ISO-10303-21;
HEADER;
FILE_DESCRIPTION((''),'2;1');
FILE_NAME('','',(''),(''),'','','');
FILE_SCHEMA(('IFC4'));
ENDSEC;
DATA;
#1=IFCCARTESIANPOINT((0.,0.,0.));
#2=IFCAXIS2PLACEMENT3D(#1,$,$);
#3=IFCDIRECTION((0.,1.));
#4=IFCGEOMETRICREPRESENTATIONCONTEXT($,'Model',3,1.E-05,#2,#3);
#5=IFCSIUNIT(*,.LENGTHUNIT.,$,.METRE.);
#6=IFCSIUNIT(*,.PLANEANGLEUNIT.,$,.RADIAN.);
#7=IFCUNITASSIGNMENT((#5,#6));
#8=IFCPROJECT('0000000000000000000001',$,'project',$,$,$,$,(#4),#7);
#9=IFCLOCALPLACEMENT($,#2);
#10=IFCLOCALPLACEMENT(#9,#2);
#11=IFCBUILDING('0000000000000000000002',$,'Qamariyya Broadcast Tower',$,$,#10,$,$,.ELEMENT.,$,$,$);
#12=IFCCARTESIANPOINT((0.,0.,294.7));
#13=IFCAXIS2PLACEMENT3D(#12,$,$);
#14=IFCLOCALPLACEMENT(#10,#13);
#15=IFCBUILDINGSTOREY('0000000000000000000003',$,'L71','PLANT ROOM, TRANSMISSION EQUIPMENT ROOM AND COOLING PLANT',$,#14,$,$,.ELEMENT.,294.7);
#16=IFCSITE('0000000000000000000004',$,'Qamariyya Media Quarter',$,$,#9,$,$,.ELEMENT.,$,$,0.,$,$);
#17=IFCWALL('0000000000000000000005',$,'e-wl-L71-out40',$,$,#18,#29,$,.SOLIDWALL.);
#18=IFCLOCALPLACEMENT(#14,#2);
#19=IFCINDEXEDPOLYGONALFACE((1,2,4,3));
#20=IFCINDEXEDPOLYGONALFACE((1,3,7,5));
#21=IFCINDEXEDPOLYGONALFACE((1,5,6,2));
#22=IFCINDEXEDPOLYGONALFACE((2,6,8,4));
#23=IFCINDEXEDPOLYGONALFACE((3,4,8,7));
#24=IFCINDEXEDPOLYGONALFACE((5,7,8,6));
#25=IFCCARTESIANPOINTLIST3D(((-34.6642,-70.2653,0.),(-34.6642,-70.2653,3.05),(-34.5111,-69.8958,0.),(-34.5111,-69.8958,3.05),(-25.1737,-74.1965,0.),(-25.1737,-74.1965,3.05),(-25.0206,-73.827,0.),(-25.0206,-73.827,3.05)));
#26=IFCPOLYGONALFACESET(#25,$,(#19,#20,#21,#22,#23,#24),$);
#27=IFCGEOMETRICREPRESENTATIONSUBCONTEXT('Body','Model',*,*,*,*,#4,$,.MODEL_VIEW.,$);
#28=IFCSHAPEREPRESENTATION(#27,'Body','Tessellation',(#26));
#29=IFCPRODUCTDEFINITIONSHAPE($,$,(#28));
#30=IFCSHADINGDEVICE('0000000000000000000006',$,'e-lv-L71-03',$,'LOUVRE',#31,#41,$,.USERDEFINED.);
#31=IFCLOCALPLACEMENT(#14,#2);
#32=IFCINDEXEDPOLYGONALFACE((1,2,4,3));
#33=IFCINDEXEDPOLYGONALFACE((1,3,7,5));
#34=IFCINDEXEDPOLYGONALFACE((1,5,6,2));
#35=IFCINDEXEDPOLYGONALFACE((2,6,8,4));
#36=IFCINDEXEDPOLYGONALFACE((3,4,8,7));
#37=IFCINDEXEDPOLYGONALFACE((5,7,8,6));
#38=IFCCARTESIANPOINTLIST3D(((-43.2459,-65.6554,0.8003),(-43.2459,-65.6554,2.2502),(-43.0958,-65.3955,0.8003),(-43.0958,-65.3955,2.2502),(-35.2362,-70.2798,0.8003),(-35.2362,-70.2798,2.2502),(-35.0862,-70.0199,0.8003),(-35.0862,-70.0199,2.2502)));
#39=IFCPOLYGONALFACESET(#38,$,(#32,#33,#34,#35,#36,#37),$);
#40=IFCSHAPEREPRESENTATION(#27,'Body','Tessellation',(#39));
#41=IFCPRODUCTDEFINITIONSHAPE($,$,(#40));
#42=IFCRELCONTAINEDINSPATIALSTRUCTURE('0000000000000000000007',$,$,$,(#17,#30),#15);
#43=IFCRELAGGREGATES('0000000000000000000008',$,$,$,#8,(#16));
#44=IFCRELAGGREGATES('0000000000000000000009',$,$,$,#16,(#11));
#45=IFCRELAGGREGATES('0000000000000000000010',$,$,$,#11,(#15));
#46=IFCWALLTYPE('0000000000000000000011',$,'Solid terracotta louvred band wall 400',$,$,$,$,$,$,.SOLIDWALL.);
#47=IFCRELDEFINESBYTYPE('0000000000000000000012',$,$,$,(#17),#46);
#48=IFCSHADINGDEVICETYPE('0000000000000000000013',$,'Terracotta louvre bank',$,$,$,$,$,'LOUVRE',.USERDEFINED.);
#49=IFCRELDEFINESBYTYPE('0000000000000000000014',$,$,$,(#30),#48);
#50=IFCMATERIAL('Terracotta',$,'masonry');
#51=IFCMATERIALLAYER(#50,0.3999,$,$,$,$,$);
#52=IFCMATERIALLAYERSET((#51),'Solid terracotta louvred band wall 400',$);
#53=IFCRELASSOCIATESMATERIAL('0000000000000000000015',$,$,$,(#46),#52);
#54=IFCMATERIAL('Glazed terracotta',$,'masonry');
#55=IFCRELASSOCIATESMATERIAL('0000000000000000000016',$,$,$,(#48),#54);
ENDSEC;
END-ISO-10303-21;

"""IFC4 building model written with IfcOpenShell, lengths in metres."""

from ifc_helpers import new_model, si_unit, direction, frame, frame_2d, origin, origin_2d, place, context, subcontext, project, spatial, rectangle, extrude, material, layer, layer_set, type_object, element, save


model = new_model("IFC4")

# Units and contexts
model_context = context("Model", 3, precision=1e-05, world=origin(), true_north=direction((0.0, 1.0)))
body_context = subcontext(model_context, "Body", "Model", "MODEL_VIEW")
ifc_project = project(units=[si_unit("LENGTHUNIT", "METRE"), si_unit("PLANEANGLEUNIT", "RADIAN")], contexts=[model_context])

# Site, building, storey
site_placement = place(None, origin())
site = spatial("IfcSite", under=ifc_project, at=site_placement, Name="Qamariyya Media Quarter", CompositionType="ELEMENT", RefElevation=0.0)
building_placement = place(site_placement, origin())
building = spatial("IfcBuilding", under=site, at=building_placement, Name="Qamariyya Broadcast Tower", CompositionType="ELEMENT")
storey_placement = place(building_placement, frame((0.0, 0.0, 294.7)))
storey = spatial("IfcBuildingStorey", under=building, at=storey_placement, Name="L71", Description="PLANT ROOM, TRANSMISSION EQUIPMENT ROOM AND COOLING PLANT", CompositionType="ELEMENT", Elevation=294.7)

# Wall
ifc_material_1 = material(Name="Terracotta", Category="masonry")
ifc_layer_1 = layer(ifc_material_1, 0.3999)
ifc_layer_set_1 = layer_set([ifc_layer_1], Name="Solid terracotta louvred band wall 400")
wall_type_1 = type_object("IfcWallType", Name="Solid terracotta louvred band wall 400", PredefinedType="SOLIDWALL", material=ifc_layer_set_1)
wall_1_placement = place(storey_placement, frame((-34.5876, -70.0806, 0.0), z_axis=(0.0, 0.0, 1.0), x_axis=(0.923877, -0.382689, 0.0)))
element("IfcWall", 1, at=wall_1_placement, inside=storey, type_object=wall_type_1, Name="e-wl-L71-out40", PredefinedType="SOLIDWALL", context=body_context, shape_type="SweptSolid", body=[
    extrude(rectangle(XDim=10.2725, YDim=0.3999, at=frame_2d((5.1362, 0.0))), origin(), (0.0, 0.0, 1.0), 3.05),
])

# Shading device
ifc_material_2 = material(Name="Glazed terracotta", Category="masonry")
shading_device_type = type_object("IfcShadingDeviceType", Name="Terracotta louvre bank", ElementType="LOUVRE", PredefinedType="USERDEFINED", material=ifc_material_2)
shading_device_placement = place(storey_placement, frame((-39.166, -67.8376, 0.8003), z_axis=(0.0, 0.0, 1.0), x_axis=(0.866025, -0.5, 0.0)))
element("IfcShadingDevice", 2, at=shading_device_placement, inside=storey, type_object=shading_device_type, Name="e-lv-L71-03", ObjectType="LOUVRE", PredefinedType="USERDEFINED", context=body_context, shape_type="SweptSolid", body=[
    extrude(rectangle(XDim=9.2488, YDim=0.3, at=origin_2d()), origin(), (0.0, 0.0, 1.0), 1.45),
])

save(model, "model.ifc")
